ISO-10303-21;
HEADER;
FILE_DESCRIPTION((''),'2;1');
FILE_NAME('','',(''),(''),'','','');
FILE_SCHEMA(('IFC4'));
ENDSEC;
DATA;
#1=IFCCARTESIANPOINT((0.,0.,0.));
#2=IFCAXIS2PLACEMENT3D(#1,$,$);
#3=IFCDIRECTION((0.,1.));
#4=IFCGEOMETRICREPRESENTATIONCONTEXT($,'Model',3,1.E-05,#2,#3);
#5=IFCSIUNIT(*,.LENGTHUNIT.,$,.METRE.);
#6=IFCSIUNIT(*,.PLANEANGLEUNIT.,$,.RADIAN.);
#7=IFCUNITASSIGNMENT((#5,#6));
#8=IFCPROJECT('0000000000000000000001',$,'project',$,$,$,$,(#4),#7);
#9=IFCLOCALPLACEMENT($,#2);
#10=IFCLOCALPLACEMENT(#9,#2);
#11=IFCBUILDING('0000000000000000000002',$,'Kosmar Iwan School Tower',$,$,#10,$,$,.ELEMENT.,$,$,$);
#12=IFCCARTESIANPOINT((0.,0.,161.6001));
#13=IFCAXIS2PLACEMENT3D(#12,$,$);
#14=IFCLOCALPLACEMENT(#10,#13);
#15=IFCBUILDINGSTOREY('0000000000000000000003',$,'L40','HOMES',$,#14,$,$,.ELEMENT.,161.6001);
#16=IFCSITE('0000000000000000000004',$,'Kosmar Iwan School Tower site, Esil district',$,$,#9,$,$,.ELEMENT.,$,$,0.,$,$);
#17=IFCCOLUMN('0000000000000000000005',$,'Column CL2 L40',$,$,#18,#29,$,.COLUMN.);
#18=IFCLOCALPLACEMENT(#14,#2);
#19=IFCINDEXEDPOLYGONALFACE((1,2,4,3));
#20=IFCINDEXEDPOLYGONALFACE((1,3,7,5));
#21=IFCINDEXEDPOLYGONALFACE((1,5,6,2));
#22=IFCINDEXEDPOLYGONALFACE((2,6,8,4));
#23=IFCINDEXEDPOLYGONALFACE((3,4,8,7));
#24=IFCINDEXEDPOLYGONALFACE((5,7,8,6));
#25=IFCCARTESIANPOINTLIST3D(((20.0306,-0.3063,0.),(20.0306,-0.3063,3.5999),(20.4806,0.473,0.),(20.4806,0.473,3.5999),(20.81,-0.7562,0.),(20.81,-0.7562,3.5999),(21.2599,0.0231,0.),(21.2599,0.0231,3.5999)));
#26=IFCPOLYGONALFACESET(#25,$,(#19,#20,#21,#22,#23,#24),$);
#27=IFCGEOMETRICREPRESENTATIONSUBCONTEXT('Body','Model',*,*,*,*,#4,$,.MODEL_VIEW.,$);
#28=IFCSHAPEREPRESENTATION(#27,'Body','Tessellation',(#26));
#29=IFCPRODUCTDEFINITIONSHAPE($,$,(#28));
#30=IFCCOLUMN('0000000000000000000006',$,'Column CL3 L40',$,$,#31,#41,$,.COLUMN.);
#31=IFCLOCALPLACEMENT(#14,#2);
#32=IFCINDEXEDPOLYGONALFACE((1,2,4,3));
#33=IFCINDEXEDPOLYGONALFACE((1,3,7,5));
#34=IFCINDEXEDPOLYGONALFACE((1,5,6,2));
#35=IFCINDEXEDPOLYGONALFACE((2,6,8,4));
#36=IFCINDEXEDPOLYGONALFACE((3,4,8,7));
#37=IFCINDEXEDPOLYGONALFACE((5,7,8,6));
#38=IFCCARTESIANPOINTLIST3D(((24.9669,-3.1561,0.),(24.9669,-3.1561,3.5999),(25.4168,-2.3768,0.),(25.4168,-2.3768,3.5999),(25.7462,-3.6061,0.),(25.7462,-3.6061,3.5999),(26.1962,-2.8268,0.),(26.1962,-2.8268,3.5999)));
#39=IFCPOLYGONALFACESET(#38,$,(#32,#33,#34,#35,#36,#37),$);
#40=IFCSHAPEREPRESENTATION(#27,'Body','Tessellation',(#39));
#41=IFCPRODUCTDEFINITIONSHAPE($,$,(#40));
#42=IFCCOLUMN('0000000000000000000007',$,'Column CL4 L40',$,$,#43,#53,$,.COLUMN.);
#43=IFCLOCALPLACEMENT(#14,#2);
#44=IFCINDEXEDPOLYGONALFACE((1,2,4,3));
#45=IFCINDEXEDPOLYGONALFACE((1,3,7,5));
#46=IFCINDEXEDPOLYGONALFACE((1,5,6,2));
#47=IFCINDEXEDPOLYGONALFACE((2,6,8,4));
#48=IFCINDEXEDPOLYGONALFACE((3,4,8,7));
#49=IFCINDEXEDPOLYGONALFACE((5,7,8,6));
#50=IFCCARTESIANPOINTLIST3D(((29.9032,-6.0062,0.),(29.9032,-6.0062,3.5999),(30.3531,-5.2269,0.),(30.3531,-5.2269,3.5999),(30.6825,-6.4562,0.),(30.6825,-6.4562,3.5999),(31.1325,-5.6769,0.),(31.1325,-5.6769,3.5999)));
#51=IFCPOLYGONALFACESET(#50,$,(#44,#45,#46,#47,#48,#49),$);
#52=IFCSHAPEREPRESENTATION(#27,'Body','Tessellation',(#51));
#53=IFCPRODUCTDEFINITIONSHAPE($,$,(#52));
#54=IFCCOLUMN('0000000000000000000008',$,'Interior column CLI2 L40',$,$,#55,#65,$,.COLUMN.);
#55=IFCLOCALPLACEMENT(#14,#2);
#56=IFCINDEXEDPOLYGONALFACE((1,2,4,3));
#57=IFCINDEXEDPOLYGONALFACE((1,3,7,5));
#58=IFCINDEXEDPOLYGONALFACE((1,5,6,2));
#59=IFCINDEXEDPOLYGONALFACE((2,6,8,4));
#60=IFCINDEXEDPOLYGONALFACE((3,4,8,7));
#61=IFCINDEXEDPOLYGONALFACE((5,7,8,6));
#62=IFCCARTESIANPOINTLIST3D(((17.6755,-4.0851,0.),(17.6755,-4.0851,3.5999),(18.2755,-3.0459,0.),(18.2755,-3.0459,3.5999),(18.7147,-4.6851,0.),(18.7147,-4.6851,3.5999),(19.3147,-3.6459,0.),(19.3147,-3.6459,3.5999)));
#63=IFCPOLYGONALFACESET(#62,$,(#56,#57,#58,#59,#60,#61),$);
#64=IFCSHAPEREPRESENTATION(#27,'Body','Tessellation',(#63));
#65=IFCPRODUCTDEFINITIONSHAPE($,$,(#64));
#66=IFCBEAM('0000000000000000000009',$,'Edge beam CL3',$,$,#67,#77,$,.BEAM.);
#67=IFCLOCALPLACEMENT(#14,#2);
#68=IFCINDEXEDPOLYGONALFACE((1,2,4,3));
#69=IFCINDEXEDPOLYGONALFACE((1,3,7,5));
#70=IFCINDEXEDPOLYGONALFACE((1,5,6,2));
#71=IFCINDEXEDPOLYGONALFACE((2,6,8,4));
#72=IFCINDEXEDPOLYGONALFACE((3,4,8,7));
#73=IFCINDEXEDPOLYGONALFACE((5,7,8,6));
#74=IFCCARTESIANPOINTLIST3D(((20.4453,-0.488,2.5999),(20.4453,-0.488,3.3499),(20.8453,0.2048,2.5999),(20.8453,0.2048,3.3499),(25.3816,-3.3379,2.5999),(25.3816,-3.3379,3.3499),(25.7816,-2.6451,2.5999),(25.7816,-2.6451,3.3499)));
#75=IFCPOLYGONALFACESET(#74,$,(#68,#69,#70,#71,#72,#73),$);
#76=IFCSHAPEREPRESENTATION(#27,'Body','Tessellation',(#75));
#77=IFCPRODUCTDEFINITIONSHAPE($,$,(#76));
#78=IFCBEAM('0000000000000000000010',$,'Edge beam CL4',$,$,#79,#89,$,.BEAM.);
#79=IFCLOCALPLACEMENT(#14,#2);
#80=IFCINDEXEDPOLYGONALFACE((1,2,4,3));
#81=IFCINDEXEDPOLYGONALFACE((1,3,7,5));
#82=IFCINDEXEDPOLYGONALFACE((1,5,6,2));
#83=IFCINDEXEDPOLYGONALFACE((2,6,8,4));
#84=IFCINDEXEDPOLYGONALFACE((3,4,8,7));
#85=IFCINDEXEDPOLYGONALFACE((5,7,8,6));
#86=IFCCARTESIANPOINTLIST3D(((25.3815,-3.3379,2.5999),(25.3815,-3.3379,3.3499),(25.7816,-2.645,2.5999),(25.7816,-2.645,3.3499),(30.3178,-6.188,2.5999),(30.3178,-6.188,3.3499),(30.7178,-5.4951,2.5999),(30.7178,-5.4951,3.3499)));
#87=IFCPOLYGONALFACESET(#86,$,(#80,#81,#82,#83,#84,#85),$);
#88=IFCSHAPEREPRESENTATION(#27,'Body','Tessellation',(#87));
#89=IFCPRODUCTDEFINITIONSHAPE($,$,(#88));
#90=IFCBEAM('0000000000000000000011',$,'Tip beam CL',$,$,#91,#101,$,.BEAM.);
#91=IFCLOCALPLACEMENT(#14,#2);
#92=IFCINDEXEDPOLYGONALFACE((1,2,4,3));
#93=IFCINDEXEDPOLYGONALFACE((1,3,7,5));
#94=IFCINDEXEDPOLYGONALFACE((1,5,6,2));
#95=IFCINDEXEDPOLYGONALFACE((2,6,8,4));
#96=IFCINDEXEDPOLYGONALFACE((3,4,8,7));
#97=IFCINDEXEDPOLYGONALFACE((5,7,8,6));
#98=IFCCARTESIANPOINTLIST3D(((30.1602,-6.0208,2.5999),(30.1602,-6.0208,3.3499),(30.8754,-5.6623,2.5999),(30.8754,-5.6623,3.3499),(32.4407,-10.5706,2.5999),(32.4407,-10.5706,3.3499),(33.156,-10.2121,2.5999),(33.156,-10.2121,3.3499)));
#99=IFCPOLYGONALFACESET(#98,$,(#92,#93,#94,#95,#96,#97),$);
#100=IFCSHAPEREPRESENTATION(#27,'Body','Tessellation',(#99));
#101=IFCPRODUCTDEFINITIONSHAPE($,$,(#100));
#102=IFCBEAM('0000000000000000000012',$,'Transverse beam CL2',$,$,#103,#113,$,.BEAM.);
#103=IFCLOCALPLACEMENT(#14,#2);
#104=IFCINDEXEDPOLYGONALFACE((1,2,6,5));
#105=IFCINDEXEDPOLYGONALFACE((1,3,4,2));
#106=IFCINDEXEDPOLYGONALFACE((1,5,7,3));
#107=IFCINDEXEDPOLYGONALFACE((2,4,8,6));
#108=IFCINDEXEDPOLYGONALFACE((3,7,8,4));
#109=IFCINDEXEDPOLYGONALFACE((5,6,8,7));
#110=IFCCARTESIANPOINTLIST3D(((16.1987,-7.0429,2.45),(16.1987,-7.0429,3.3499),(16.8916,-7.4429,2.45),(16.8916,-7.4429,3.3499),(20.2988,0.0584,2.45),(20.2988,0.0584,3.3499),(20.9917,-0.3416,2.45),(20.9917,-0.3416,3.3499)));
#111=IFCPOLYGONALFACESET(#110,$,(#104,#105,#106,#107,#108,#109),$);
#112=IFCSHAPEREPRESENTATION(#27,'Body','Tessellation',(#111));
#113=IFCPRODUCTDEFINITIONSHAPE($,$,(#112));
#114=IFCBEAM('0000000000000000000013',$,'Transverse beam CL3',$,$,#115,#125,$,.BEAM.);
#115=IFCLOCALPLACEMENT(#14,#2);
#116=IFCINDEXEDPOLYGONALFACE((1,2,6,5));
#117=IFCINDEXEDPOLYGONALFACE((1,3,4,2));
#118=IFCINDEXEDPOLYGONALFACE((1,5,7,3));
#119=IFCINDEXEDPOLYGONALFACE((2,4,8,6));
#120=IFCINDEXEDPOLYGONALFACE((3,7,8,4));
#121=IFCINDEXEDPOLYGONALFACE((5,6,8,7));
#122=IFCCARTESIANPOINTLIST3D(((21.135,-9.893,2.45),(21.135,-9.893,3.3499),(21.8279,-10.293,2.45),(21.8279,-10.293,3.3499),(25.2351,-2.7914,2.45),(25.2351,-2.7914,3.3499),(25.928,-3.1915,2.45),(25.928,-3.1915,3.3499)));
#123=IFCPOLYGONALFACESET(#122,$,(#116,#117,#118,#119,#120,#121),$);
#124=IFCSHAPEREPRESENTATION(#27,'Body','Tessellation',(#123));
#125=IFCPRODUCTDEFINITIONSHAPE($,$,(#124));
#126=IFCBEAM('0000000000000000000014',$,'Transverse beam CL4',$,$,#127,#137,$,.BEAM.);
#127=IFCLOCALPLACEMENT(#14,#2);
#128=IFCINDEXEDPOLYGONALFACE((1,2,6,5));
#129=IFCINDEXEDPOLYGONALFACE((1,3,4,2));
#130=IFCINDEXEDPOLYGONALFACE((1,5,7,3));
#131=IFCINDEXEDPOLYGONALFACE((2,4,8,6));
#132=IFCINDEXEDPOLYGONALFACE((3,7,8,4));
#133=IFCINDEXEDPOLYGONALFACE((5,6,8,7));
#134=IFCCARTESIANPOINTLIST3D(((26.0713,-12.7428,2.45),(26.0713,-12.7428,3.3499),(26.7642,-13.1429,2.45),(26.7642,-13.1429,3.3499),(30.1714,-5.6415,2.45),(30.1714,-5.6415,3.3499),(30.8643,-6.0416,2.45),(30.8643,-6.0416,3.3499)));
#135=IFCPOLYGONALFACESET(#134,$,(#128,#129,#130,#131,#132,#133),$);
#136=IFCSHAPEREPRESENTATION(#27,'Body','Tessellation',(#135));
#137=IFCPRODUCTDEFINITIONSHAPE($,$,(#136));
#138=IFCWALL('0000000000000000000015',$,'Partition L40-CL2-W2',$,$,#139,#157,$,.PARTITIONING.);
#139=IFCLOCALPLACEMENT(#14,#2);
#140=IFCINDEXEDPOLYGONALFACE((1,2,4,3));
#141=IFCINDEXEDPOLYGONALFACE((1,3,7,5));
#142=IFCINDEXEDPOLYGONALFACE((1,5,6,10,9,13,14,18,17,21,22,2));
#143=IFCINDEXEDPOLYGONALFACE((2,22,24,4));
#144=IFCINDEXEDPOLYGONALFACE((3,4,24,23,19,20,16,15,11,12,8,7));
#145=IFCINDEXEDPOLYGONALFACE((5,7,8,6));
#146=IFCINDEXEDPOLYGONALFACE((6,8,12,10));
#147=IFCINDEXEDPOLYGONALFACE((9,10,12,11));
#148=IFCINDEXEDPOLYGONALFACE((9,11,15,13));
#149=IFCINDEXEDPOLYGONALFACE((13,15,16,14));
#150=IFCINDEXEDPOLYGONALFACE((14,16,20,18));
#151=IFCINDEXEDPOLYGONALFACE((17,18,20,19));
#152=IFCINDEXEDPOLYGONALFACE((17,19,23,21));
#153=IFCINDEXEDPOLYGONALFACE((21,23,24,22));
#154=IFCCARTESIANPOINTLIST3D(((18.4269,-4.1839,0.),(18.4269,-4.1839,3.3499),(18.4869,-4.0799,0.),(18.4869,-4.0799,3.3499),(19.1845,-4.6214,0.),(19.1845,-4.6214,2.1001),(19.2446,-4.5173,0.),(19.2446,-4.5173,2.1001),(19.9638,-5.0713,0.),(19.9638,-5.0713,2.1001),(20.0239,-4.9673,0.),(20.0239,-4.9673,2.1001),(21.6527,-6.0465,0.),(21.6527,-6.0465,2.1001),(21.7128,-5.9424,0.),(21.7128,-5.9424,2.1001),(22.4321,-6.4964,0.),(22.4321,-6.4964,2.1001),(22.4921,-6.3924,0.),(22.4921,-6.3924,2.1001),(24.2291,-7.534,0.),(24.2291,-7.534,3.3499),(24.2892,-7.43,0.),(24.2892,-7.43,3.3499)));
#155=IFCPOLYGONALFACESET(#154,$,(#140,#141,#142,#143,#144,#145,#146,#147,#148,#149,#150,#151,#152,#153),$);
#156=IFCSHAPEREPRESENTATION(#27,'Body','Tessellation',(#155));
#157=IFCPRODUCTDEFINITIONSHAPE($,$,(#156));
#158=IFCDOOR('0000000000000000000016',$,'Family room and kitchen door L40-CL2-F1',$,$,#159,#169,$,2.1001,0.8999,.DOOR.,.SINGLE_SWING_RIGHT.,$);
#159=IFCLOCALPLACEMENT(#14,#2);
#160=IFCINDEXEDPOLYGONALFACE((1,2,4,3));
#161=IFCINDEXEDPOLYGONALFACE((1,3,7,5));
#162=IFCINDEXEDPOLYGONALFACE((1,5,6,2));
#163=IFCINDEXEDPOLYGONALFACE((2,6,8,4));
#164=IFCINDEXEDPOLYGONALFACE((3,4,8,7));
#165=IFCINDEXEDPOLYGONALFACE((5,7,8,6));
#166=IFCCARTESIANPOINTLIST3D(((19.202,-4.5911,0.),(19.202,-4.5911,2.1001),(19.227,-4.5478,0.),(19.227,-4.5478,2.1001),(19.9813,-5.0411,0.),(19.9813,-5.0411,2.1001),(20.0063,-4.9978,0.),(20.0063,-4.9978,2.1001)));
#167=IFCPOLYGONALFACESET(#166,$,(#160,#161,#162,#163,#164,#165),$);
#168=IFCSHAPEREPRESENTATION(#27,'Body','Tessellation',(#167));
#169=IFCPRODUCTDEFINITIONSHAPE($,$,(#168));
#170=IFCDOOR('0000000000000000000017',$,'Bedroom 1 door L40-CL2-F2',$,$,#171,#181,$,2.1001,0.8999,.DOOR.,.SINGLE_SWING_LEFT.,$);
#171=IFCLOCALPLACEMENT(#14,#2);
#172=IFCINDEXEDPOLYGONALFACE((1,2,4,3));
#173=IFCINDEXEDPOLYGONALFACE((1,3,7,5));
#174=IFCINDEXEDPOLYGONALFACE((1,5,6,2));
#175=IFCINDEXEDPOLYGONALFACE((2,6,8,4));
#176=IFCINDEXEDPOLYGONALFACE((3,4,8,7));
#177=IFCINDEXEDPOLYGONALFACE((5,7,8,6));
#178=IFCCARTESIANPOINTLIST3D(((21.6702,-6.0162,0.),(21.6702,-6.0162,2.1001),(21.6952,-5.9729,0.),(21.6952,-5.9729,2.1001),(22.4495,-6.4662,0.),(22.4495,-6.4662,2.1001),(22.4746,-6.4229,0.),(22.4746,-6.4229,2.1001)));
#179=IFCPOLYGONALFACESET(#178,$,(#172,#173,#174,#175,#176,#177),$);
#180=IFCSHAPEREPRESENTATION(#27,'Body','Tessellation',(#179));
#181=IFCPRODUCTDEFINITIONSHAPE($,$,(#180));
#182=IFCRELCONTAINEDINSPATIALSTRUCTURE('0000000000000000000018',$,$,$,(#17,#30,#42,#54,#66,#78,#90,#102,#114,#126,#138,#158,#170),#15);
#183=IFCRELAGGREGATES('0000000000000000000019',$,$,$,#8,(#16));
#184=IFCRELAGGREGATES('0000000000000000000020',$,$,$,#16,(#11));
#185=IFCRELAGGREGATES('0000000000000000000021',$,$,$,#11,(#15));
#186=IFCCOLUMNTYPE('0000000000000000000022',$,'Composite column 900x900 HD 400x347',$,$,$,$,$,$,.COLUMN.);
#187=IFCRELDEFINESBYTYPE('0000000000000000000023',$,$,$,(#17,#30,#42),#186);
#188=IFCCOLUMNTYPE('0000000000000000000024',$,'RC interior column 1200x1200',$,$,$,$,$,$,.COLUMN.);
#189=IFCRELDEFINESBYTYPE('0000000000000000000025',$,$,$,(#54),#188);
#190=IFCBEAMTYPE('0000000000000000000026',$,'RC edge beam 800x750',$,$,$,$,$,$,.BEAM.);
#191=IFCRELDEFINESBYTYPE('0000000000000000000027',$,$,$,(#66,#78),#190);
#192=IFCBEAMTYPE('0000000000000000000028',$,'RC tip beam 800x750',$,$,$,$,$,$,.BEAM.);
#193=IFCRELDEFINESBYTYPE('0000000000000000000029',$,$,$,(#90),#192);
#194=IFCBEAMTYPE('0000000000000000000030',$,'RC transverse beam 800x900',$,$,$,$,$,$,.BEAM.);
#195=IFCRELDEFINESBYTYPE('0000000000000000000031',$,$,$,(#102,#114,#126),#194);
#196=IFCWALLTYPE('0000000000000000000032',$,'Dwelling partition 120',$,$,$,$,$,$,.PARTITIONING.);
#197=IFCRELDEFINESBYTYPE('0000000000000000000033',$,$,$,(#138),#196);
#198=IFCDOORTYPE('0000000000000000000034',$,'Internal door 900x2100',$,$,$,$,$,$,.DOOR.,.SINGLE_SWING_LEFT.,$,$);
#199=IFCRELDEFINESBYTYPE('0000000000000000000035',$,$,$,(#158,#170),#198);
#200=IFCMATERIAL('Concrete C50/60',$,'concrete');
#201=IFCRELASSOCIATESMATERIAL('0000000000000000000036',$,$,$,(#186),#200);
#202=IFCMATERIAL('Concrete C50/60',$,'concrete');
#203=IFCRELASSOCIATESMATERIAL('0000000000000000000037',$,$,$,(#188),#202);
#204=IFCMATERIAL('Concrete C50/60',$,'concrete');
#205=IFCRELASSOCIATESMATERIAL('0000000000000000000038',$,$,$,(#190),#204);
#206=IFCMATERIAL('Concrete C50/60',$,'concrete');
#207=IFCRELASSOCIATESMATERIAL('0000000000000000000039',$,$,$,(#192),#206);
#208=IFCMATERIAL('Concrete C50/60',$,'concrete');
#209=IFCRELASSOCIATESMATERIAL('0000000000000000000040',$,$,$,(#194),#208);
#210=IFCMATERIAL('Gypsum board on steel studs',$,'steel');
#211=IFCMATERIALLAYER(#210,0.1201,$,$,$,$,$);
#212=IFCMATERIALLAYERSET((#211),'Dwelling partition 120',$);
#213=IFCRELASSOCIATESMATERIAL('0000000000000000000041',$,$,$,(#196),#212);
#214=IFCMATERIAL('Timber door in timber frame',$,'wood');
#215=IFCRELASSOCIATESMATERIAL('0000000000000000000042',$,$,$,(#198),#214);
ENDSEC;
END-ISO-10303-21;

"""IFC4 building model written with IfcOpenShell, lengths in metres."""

from ifc_helpers import new_model, si_unit, direction, frame, frame_2d, origin, origin_2d, place, context, subcontext, project, spatial, rectangle, extrude, material, layer, layer_set, material_profile, profile_set, type_object, element, fill, save


model = new_model("IFC4")

# Units and contexts
model_context = context("Model", 3, precision=1e-05, world=origin(), true_north=direction((0.0, 1.0)))
body_context = subcontext(model_context, "Body", "Model", "MODEL_VIEW")
ifc_project = project(units=[si_unit("LENGTHUNIT", "METRE"), si_unit("PLANEANGLEUNIT", "RADIAN")], contexts=[model_context])

# Site, building, storey
site_placement = place(None, origin())
site = spatial("IfcSite", under=ifc_project, at=site_placement, Name="Kosmar Iwan School Tower site, Esil district", CompositionType="ELEMENT", RefElevation=0.0)
building_placement = place(site_placement, origin())
building = spatial("IfcBuilding", under=site, at=building_placement, Name="Kosmar Iwan School Tower", CompositionType="ELEMENT")
storey_placement = place(building_placement, frame((0.0, 0.0, 161.6001)))
storey = spatial("IfcBuildingStorey", under=building, at=storey_placement, Name="L40", Description="HOMES", CompositionType="ELEMENT", Elevation=161.6001)

# Columns
ifc_material_1 = material(Name="Concrete C50/60", Category="concrete")
ifc_material_profile_1 = material_profile(ifc_material_1, rectangle(XDim=0.8999, YDim=0.8999, at=origin_2d()), Name="RC 900x900 + HD 400x347")
ifc_profile_set_1 = profile_set([ifc_material_profile_1], Name="Concrete C50/60")
column_type_1 = type_object("IfcColumnType", Name="Composite column 900x900 HD 400x347", PredefinedType="COLUMN", material=ifc_profile_set_1)
for number, where, z_axis, x_axis, name in (
    (1, (20.6453, -0.1416, 0.0), (0.0, 0.0, 1.0), (0.866025, -0.5, 0.0), "Column CL2 L40"),
    (2, (25.5815, -2.9915, 0.0), (0.0, 0.0, 1.0), (0.866025, -0.5, 0.0), "Column CL3 L40"),
    (3, (30.5178, -5.8416, 0.0), (0.0, 0.0, 1.0), (0.866025, -0.5, 0.0), "Column CL4 L40"),
):
    element("IfcColumn", number, at=place(storey_placement, frame(where, z_axis=z_axis, x_axis=x_axis)), inside=storey, type_object=column_type_1, Name=name, PredefinedType="COLUMN", context=body_context, shape_type="SweptSolid", body=[
        extrude(rectangle(XDim=0.8999, YDim=0.8999, at=origin_2d()), origin(), (0.0, 0.0, 1.0), 3.5999),
    ])
ifc_material_2 = material(Name="Concrete C50/60", Category="concrete")
ifc_material_profile_2 = material_profile(ifc_material_2, rectangle(XDim=1.2, YDim=1.2, at=origin_2d()), Name="RC 1200x1200")
ifc_profile_set_2 = profile_set([ifc_material_profile_2], Name="Concrete C50/60")
column_type_2 = type_object("IfcColumnType", Name="RC interior column 1200x1200", PredefinedType="COLUMN", material=ifc_profile_set_2)
column_placement = place(storey_placement, frame((18.4951, -3.8655, 0.0), z_axis=(0.0, 0.0, 1.0), x_axis=(0.866025, -0.5, 0.0)))
element("IfcColumn", 4, at=column_placement, inside=storey, type_object=column_type_2, Name="Interior column CLI2 L40", PredefinedType="COLUMN", context=body_context, shape_type="SweptSolid", body=[
    extrude(rectangle(XDim=1.2, YDim=1.2, at=origin_2d()), origin(), (0.0, 0.0, 1.0), 3.5999),
])

# Beams
ifc_material_3 = material(Name="Concrete C50/60", Category="concrete")
ifc_material_profile_3 = material_profile(ifc_material_3, rectangle(XDim=0.8, YDim=0.75, at=origin_2d()), Name="RC 800x750")
ifc_profile_set_3 = profile_set([ifc_material_profile_3], Name="Concrete C50/60")
beam_type_1 = type_object("IfcBeamType", Name="RC edge beam 800x750", PredefinedType="BEAM", material=ifc_profile_set_3)
for number, where, z_axis, x_axis, name in (
    (5, (20.6453, -0.1416, 2.9749), (0.866034, -0.499986, 0.0), (0.499986, 0.866034, 0.0), "Edge beam CL3"),
    (6, (25.5815, -2.9915, 2.9749), (0.866015, -0.500018, 0.0), (0.500018, 0.866015, 0.0), "Edge beam CL4"),
):
    element("IfcBeam", number, at=place(storey_placement, frame(where, z_axis=z_axis, x_axis=x_axis)), inside=storey, type_object=beam_type_1, Name=name, PredefinedType="BEAM", context=body_context, shape_type="SweptSolid", body=[
        extrude(rectangle(XDim=0.8, YDim=0.75, at=origin_2d()), origin(), (0.0, 0.0, 1.0), 5.7),
    ])
ifc_material_4 = material(Name="Concrete C50/60", Category="concrete")
ifc_material_profile_4 = material_profile(ifc_material_4, rectangle(XDim=0.8, YDim=0.75, at=origin_2d()), Name="RC 800x750")
ifc_profile_set_4 = profile_set([ifc_material_profile_4], Name="Concrete C50/60")
beam_type_2 = type_object("IfcBeamType", Name="RC tip beam 800x750", PredefinedType="BEAM", material=ifc_profile_set_4)
beam_1_placement = place(storey_placement, frame((30.5178, -5.8416, 2.9749), z_axis=(0.448096, -0.893985, 0.0), x_axis=(0.893985, 0.448096, 0.0)))
element("IfcBeam", 7, at=beam_1_placement, inside=storey, type_object=beam_type_2, Name="Tip beam CL", PredefinedType="BEAM", context=body_context, shape_type="SweptSolid", body=[
    extrude(rectangle(XDim=0.8, YDim=0.75, at=origin_2d()), origin(), (0.0, 0.0, 1.0), 5.0894),
])
ifc_material_5 = material(Name="Concrete C50/60", Category="concrete")
ifc_material_profile_5 = material_profile(ifc_material_5, rectangle(XDim=0.8, YDim=0.8999, at=origin_2d()), Name="RC 800x900")
ifc_profile_set_5 = profile_set([ifc_material_profile_5], Name="Concrete C50/60")
beam_type_3 = type_object("IfcBeamType", Name="RC transverse beam 800x900", PredefinedType="BEAM", material=ifc_profile_set_5)
beam_2_placement = place(storey_placement, frame((20.6453, -0.1416, 2.8999), z_axis=(-0.500014, -0.866018, 0.0), x_axis=(0.866018, -0.500014, 0.0)))
element("IfcBeam", 8, at=beam_2_placement, inside=storey, type_object=beam_type_3, Name="Transverse beam CL2", PredefinedType="BEAM", context=body_context, shape_type="SweptSolid", body=[
    extrude(rectangle(XDim=0.8, YDim=0.8999, at=origin_2d()), origin(), (0.0, 0.0, 1.0), 8.2),
])
beam_3_placement = place(storey_placement, frame((25.5815, -2.9915, 2.8999), z_axis=(-0.500001, -0.866025, 0.0), x_axis=(0.866025, -0.500001, 0.0)))
element("IfcBeam", 9, at=beam_3_placement, inside=storey, type_object=beam_type_3, Name="Transverse beam CL3", PredefinedType="BEAM", context=body_context, shape_type="SweptSolid", body=[
    extrude(rectangle(XDim=0.8, YDim=0.8999, at=origin_2d()), origin(), (0.0, 0.0, 1.0), 8.2002),
])
beam_4_placement = place(storey_placement, frame((30.5178, -5.8416, 2.8999), z_axis=(-0.500014, -0.866018, 0.0), x_axis=(0.866018, -0.500014, 0.0)))
element("IfcBeam", 10, at=beam_4_placement, inside=storey, type_object=beam_type_3, Name="Transverse beam CL4", PredefinedType="BEAM", context=body_context, shape_type="SweptSolid", body=[
    extrude(rectangle(XDim=0.8, YDim=0.8999, at=origin_2d()), origin(), (0.0, 0.0, 1.0), 8.2),
])

# Wall, openings, doors
ifc_material_6 = material(Name="Gypsum board on steel studs", Category="steel")
ifc_layer_1 = layer(ifc_material_6, 0.1201)
ifc_layer_set_1 = layer_set([ifc_layer_1], Name="Dwelling partition 120")
wall_type_1 = type_object("IfcWallType", Name="Dwelling partition 120", PredefinedType="PARTITIONING", material=ifc_layer_set_1)
wall_1_placement = place(storey_placement, frame((18.4568, -4.1318, 0.0), z_axis=(0.0, 0.0, 1.0), x_axis=(0.866014, -0.500019, 0.0)))
wall_1 = element("IfcWall", 11, at=wall_1_placement, inside=storey, type_object=wall_type_1, Name="Partition L40-CL2-W2", PredefinedType="PARTITIONING", context=body_context, shape_type="SweptSolid", body=[
    extrude(rectangle(XDim=6.7, YDim=0.1201, at=frame_2d((3.3501, 0.0))), origin(), (0.0, 0.0, 1.0), 3.3499),
])
opening_1_placement = place(wall_1_placement, frame((0.875, 0.0, 0.0)))
opening_1 = element("IfcOpeningElement", 12, at=opening_1_placement, cuts=wall_1, PredefinedType="OPENING", context=body_context, shape_type="SweptSolid", body=[
    extrude(rectangle(XDim=0.8999, YDim=2.1001, at=frame_2d((0.45, 1.05))), frame((0.0, 0.072, 0.0), z_axis=(0.0, -1.0, 0.0), x_axis=(1.0, 0.0, 0.0)), (0.0, 0.0, 1.0), 0.144),
])
opening_2_placement = place(wall_1_placement, frame((3.7251, 0.0, 0.0)))
opening_2 = element("IfcOpeningElement", 13, at=opening_2_placement, cuts=wall_1, PredefinedType="OPENING", context=body_context, shape_type="SweptSolid", body=[
    extrude(rectangle(XDim=0.8999, YDim=2.1001, at=frame_2d((0.45, 1.05))), frame((0.0, 0.072, 0.0), z_axis=(0.0, -1.0, 0.0), x_axis=(1.0, 0.0, 0.0)), (0.0, 0.0, 1.0), 0.144),
])
ifc_material_7 = material(Name="Timber door in timber frame", Category="wood")
door_type = type_object("IfcDoorType", Name="Internal door 900x2100", OperationType="SINGLE_SWING_LEFT", PredefinedType="DOOR", material=ifc_material_7)
door_1_placement = place(opening_1_placement, origin())
door_1 = element("IfcDoor", 14, at=door_1_placement, inside=storey, type_object=door_type, Name="Family room and kitchen door L40-CL2-F1", OperationType="SINGLE_SWING_RIGHT", OverallHeight=2.1001, OverallWidth=0.8999, PredefinedType="DOOR", context=body_context, shape_type="SweptSolid", body=[
    extrude(rectangle(XDim=0.8999, YDim=2.1001, at=frame_2d((0.45, 1.05))), frame((0.0, 0.0249, 0.0), z_axis=(0.0, -1.0, 0.0), x_axis=(1.0, 0.0, 0.0)), (0.0, 0.0, 1.0), 0.05),
])
fill(opening_1, door_1)
door_2_placement = place(opening_2_placement, origin())
door_2 = element("IfcDoor", 15, at=door_2_placement, inside=storey, type_object=door_type, Name="Bedroom 1 door L40-CL2-F2", OperationType="SINGLE_SWING_LEFT", OverallHeight=2.1001, OverallWidth=0.8999, PredefinedType="DOOR", context=body_context, shape_type="SweptSolid", body=[
    extrude(rectangle(XDim=0.8999, YDim=2.1001, at=frame_2d((0.45, 1.05))), frame((0.0, 0.0249, 0.0), z_axis=(0.0, -1.0, 0.0), x_axis=(1.0, 0.0, 0.0)), (0.0, 0.0, 1.0), 0.05),
])
fill(opening_2, door_2)

save(model, "model.ifc")
